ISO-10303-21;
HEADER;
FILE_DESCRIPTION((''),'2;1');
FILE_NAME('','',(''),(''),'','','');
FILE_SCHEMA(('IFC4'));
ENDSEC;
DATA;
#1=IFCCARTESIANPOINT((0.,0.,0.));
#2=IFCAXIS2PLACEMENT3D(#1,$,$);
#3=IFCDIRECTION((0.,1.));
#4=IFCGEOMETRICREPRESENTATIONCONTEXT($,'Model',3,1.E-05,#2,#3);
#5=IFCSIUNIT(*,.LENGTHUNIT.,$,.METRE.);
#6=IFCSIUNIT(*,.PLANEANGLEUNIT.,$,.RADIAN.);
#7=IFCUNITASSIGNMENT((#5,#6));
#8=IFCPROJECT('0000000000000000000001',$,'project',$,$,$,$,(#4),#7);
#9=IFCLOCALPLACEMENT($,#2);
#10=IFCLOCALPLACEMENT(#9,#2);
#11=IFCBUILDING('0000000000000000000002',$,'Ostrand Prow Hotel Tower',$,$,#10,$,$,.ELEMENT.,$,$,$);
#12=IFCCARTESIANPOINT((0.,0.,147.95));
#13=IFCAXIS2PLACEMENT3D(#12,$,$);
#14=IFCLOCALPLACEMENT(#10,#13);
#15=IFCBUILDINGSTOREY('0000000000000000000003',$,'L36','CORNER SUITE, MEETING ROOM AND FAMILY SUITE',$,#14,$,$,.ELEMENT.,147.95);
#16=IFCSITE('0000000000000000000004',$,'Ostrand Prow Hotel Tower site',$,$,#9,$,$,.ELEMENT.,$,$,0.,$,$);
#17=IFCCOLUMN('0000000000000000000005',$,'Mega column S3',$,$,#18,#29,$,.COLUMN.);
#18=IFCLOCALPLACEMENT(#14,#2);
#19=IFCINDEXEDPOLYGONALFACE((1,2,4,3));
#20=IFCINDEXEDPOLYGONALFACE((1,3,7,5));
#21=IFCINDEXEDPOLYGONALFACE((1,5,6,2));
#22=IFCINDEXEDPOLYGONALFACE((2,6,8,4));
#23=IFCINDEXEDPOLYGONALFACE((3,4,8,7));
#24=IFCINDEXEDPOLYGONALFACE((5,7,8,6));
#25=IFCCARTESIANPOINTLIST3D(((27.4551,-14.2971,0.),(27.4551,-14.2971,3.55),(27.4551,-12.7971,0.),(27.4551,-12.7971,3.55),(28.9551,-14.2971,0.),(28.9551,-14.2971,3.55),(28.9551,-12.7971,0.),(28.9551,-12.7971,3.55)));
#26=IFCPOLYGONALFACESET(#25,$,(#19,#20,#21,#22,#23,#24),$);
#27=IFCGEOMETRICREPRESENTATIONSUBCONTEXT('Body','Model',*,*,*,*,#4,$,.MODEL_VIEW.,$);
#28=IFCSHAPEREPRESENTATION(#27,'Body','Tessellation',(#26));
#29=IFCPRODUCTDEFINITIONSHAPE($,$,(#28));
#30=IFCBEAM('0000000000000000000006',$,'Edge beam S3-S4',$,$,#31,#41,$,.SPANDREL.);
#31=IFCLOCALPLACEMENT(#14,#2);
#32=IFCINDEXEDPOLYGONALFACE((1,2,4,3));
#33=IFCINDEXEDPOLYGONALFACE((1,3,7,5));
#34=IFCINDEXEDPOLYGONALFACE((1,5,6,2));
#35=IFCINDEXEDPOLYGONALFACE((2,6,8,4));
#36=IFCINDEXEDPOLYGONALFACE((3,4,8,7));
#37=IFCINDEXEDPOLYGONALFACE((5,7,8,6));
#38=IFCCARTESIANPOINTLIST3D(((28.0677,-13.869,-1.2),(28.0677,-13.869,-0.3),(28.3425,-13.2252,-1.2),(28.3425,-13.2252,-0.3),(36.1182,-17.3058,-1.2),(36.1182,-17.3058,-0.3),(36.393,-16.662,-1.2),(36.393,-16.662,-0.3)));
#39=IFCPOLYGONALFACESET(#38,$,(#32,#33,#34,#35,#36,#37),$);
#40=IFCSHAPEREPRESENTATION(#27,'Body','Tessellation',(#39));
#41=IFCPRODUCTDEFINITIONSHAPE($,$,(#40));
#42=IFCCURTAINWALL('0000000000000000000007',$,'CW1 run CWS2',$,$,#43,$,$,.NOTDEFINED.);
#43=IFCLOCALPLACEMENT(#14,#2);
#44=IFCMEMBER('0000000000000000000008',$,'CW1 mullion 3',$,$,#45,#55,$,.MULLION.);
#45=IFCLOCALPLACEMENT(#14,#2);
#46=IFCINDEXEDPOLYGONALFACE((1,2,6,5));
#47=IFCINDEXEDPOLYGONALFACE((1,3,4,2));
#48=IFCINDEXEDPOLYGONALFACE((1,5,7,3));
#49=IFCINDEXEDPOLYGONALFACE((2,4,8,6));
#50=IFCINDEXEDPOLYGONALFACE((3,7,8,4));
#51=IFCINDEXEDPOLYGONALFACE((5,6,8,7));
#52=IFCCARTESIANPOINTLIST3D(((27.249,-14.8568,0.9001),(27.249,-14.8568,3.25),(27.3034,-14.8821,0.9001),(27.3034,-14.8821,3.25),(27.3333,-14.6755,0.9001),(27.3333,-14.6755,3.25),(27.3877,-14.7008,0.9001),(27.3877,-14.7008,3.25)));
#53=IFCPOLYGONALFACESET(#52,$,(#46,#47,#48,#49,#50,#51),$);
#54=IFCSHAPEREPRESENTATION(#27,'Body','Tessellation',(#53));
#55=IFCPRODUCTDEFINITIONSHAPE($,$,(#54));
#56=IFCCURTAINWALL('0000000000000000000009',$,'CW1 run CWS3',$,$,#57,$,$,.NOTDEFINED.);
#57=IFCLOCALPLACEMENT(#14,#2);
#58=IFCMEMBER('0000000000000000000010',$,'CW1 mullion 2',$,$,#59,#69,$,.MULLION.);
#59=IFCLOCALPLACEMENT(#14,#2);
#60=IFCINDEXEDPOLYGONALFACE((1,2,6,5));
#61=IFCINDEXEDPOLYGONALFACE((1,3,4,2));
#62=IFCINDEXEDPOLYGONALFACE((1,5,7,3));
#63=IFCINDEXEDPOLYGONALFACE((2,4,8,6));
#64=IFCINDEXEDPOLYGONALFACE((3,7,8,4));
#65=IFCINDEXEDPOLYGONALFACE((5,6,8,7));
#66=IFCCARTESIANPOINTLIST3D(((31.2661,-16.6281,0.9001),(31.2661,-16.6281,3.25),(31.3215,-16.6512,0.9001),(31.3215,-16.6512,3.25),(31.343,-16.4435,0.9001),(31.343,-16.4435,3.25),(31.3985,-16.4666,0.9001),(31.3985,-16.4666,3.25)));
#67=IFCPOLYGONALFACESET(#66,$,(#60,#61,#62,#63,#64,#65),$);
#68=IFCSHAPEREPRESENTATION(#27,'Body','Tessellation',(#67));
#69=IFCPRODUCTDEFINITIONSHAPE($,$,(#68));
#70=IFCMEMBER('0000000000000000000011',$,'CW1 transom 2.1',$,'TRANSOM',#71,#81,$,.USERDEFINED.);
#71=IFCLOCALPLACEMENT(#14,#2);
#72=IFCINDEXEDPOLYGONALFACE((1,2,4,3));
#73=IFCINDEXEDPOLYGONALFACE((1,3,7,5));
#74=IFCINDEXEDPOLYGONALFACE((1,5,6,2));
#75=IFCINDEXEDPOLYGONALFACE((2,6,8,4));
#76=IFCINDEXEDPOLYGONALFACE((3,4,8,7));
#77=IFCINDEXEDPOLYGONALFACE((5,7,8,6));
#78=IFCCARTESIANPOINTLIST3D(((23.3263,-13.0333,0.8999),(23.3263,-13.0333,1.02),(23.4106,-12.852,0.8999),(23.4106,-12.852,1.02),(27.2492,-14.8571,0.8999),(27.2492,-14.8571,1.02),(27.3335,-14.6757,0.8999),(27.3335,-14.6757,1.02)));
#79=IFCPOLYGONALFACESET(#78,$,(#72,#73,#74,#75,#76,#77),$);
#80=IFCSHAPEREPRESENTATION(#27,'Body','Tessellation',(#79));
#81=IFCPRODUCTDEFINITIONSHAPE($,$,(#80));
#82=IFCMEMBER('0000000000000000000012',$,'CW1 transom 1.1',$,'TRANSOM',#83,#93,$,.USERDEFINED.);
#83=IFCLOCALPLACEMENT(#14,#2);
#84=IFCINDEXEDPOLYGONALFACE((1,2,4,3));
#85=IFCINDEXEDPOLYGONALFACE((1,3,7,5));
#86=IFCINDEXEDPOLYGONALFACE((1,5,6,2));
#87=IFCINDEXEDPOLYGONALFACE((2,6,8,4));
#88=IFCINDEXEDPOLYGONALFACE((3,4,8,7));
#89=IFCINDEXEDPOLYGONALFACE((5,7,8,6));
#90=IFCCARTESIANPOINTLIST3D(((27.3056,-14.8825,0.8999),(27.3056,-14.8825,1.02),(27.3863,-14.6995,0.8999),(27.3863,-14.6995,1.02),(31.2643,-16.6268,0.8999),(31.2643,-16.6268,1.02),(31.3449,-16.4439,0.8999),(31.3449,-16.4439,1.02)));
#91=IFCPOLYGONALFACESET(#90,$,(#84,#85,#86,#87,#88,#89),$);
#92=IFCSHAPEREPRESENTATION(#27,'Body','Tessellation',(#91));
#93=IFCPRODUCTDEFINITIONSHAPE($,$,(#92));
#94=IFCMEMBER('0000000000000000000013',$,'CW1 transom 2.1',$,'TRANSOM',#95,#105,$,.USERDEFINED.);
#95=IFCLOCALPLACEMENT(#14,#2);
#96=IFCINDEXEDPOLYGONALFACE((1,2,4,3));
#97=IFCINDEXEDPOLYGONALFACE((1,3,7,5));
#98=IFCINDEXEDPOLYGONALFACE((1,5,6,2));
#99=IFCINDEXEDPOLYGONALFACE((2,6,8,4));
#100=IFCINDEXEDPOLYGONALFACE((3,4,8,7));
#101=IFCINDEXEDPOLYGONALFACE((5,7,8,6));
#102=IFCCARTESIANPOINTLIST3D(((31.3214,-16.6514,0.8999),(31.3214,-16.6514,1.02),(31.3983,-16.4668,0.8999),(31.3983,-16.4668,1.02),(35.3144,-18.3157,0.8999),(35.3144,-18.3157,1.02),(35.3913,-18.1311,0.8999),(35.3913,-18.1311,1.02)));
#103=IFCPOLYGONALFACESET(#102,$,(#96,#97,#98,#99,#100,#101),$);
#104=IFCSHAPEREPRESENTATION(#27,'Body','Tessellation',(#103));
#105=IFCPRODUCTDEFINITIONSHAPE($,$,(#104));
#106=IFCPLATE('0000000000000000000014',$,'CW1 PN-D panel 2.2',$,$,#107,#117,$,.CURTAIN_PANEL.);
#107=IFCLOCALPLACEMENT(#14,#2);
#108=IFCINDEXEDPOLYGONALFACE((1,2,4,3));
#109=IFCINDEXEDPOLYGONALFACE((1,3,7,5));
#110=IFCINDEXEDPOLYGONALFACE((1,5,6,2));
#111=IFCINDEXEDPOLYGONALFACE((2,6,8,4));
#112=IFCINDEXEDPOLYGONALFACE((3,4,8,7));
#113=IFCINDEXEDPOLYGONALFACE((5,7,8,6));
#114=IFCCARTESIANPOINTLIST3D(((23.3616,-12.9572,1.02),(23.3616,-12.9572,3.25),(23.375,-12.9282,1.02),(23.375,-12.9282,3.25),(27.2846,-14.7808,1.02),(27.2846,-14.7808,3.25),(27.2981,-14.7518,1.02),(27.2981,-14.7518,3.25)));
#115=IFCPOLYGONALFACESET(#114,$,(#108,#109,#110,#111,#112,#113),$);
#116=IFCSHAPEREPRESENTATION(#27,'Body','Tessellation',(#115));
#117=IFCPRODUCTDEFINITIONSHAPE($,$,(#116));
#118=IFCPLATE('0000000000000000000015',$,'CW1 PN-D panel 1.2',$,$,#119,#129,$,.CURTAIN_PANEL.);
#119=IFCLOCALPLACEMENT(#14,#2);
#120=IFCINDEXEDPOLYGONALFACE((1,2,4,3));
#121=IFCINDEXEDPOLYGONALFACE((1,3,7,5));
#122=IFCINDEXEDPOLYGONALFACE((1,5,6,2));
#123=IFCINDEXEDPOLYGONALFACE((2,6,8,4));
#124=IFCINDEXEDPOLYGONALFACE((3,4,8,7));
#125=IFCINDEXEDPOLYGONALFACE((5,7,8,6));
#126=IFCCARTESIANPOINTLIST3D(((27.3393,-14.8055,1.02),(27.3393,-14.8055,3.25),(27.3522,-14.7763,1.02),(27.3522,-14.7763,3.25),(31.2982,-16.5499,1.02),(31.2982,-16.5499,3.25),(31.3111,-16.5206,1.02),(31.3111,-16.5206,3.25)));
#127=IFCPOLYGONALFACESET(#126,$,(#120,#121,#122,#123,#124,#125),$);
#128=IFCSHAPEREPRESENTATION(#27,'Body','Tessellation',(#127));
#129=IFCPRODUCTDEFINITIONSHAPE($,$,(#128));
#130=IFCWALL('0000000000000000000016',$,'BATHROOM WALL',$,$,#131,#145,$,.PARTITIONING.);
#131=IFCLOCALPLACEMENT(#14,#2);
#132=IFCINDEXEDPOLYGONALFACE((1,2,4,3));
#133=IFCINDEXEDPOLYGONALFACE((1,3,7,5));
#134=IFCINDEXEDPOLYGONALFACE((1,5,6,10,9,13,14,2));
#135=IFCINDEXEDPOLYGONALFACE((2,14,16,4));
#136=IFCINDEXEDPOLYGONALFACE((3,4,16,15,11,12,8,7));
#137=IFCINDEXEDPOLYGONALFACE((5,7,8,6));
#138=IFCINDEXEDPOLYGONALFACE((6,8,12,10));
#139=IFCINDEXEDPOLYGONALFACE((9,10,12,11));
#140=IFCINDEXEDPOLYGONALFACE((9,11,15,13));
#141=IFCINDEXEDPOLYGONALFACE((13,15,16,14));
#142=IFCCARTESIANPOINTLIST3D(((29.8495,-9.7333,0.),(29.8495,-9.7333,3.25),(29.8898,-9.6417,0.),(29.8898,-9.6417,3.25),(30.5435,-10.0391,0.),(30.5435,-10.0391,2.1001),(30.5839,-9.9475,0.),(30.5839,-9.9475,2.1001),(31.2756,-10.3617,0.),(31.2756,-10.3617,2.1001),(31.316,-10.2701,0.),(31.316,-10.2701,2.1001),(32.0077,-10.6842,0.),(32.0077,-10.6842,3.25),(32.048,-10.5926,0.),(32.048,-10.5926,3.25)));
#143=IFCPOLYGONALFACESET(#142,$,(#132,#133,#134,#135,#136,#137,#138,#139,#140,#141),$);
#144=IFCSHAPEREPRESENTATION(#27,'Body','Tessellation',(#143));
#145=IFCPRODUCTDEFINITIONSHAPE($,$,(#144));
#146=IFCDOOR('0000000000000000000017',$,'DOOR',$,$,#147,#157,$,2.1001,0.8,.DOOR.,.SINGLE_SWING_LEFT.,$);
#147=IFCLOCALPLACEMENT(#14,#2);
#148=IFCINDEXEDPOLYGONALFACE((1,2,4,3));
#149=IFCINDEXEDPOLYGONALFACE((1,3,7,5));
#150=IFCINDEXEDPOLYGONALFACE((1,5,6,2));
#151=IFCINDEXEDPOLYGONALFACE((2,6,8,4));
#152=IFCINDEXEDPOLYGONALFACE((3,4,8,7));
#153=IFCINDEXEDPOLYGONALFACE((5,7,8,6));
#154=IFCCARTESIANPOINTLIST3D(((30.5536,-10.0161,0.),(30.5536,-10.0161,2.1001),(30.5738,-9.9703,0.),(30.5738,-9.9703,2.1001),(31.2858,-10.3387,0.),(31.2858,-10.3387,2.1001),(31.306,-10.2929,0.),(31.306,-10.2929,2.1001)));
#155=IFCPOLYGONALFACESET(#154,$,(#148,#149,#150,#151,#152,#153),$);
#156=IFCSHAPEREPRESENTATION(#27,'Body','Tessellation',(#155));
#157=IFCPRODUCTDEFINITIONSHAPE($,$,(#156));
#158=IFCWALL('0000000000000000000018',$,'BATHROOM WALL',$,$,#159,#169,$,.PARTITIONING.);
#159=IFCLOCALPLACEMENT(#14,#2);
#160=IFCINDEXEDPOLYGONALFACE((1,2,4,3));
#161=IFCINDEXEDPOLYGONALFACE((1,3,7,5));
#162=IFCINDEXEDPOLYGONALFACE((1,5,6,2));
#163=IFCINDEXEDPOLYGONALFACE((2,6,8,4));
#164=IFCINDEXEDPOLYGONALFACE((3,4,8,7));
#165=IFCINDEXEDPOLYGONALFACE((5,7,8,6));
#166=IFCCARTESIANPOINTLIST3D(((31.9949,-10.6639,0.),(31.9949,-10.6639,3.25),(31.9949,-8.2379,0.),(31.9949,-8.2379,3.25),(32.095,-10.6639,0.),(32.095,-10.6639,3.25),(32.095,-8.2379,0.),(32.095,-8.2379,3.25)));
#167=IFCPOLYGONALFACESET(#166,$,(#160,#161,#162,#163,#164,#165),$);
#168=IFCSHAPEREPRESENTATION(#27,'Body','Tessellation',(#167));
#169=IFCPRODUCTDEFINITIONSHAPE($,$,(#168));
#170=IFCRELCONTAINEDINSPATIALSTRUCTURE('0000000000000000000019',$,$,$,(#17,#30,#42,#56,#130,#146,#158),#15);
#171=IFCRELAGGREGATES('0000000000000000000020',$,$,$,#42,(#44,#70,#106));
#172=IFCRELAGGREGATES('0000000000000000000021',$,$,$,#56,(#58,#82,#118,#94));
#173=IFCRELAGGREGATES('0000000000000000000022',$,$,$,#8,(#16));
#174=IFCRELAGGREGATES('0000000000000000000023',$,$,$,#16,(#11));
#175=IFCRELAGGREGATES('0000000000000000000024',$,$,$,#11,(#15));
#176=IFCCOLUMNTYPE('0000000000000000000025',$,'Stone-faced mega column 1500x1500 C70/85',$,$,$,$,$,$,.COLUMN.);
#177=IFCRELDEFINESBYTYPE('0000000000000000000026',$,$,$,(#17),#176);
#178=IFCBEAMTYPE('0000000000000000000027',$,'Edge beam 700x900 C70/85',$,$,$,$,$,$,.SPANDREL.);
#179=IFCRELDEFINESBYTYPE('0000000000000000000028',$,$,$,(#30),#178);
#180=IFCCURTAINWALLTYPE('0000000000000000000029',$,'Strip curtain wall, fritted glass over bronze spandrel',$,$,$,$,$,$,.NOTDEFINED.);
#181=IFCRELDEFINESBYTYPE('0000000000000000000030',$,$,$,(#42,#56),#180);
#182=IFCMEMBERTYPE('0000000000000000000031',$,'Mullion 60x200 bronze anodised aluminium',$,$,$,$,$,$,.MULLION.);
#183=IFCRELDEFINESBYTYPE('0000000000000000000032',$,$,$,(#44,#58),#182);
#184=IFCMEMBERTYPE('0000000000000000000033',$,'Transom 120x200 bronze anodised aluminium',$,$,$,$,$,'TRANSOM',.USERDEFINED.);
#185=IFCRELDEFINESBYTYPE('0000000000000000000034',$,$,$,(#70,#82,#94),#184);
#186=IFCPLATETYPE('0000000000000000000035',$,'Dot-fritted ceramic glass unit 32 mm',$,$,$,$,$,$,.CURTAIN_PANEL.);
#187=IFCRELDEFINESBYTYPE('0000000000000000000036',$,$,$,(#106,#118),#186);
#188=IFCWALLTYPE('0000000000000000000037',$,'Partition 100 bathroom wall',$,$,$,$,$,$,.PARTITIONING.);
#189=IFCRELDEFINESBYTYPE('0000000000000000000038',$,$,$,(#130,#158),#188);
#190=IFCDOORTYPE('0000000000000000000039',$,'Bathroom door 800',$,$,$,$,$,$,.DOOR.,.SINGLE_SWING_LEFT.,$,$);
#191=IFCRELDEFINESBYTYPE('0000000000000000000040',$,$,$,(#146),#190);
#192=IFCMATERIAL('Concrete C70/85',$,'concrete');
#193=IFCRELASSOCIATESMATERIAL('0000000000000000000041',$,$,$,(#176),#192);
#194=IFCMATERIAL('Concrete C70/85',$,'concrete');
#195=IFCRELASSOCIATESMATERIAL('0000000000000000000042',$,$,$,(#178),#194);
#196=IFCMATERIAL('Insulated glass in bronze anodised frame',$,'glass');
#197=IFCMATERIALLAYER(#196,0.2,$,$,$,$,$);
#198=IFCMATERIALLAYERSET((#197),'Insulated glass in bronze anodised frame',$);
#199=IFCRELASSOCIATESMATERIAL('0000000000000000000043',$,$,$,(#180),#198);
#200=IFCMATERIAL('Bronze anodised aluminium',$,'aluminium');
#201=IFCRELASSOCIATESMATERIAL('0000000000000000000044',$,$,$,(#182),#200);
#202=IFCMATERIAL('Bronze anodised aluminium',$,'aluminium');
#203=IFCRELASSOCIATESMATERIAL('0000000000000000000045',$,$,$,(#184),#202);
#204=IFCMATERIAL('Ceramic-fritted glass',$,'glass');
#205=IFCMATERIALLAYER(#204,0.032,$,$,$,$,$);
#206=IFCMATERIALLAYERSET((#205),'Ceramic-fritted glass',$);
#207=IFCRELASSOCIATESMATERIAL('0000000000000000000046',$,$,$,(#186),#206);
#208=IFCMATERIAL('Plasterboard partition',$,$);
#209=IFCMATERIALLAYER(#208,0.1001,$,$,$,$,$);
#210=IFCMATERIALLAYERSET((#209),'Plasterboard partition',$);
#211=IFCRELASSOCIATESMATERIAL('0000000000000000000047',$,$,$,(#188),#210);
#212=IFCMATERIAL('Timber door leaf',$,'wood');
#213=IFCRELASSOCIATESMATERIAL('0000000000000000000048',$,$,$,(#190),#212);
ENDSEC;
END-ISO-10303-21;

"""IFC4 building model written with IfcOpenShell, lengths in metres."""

from ifc_helpers import new_model, si_unit, direction, frame, frame_2d, origin, origin_2d, place, context, subcontext, project, spatial, rectangle, extrude, material, layer, layer_set, material_profile, profile_set, type_object, element, fill, aggregate, save


model = new_model("IFC4")

# Units and contexts
model_context = context("Model", 3, precision=1e-05, world=origin(), true_north=direction((0.0, 1.0)))
body_context = subcontext(model_context, "Body", "Model", "MODEL_VIEW")
ifc_project = project(units=[si_unit("LENGTHUNIT", "METRE"), si_unit("PLANEANGLEUNIT", "RADIAN")], contexts=[model_context])

# Site, building, storey
site_placement = place(None, origin())
site = spatial("IfcSite", under=ifc_project, at=site_placement, Name="Ostrand Prow Hotel Tower site", CompositionType="ELEMENT", RefElevation=0.0)
building_placement = place(site_placement, origin())
building = spatial("IfcBuilding", under=site, at=building_placement, Name="Ostrand Prow Hotel Tower", CompositionType="ELEMENT")
storey_placement = place(building_placement, frame((0.0, 0.0, 147.95)))
storey = spatial("IfcBuildingStorey", under=building, at=storey_placement, Name="L36", Description="CORNER SUITE, MEETING ROOM AND FAMILY SUITE", CompositionType="ELEMENT", Elevation=147.95)

# Column
ifc_material_1 = material(Name="Concrete C70/85", Category="concrete")
ifc_material_profile_1 = material_profile(ifc_material_1, rectangle(XDim=1.5, YDim=1.5, at=origin_2d()), Name="RC 1500x1500")
ifc_profile_set_1 = profile_set([ifc_material_profile_1], Name="Concrete C70/85")
column_type = type_object("IfcColumnType", Name="Stone-faced mega column 1500x1500 C70/85", PredefinedType="COLUMN", material=ifc_profile_set_1)
column_placement = place(storey_placement, frame((28.2051, -13.5471, 0.0), z_axis=(0.0, 0.0, 1.0), x_axis=(1.0, 0.0, 0.0)))
element("IfcColumn", 1, at=column_placement, inside=storey, type_object=column_type, Name="Mega column S3", PredefinedType="COLUMN", context=body_context, shape_type="SweptSolid", body=[
    extrude(rectangle(XDim=1.5, YDim=1.5, at=origin_2d()), origin(), (0.0, 0.0, 1.0), 3.55),
])

# Beam
ifc_material_2 = material(Name="Concrete C70/85", Category="concrete")
ifc_material_profile_2 = material_profile(ifc_material_2, rectangle(XDim=0.7, YDim=0.8999, at=origin_2d()), Name="RC 700x900")
ifc_profile_set_2 = profile_set([ifc_material_profile_2], Name="Concrete C70/85")
beam_type = type_object("IfcBeamType", Name="Edge beam 700x900 C70/85", PredefinedType="SPANDREL", material=ifc_profile_set_2)
beam_placement = place(storey_placement, frame((28.2051, -13.5471, -0.75), z_axis=(0.919701, -0.39262, 0.0), x_axis=(0.39262, 0.919701, 0.0)))
element("IfcBeam", 2, at=beam_placement, inside=storey, type_object=beam_type, Name="Edge beam S3-S4", PredefinedType="SPANDREL", context=body_context, shape_type="SweptSolid", body=[
    extrude(rectangle(XDim=0.7, YDim=0.8999, at=origin_2d()), origin(), (0.0, 0.0, 1.0), 8.7534),
])

# Curtain walls, members
ifc_material_3 = material(Name="Insulated glass in bronze anodised frame", Category="glass")
ifc_layer_1 = layer(ifc_material_3, 0.2)
ifc_layer_set_1 = layer_set([ifc_layer_1], Name="Insulated glass in bronze anodised frame")
curtain_wall_type = type_object("IfcCurtainWallType", Name="Strip curtain wall, fritted glass over bronze spandrel", PredefinedType="NOTDEFINED", material=ifc_layer_set_1)
curtain_wall_1_placement = place(storey_placement, origin())
curtain_wall_1 = element("IfcCurtainWall", 3, at=curtain_wall_1_placement, inside=storey, type_object=curtain_wall_type, Name="CW1 run CWS2", PredefinedType="NOTDEFINED")
ifc_material_4 = material(Name="Bronze anodised aluminium", Category="aluminium")
ifc_material_profile_3 = material_profile(ifc_material_4, rectangle(XDim=0.2, YDim=0.0601, at=origin_2d()), Name="Mullion 60x200 bronze anodised aluminium")
ifc_profile_set_3 = profile_set([ifc_material_profile_3], Name="Bronze anodised aluminium")
member_type_1 = type_object("IfcMemberType", Name="Mullion 60x200 bronze anodised aluminium", PredefinedType="MULLION", material=ifc_profile_set_3)
member_1_placement = place(storey_placement, frame((27.3184, -14.7788, 0.9001), z_axis=(0.0, 0.0, 1.0), x_axis=(0.421522, 0.906818, 0.0)))
member_1 = element("IfcMember", 4, at=member_1_placement, type_object=member_type_1, Name="CW1 mullion 3", PredefinedType="MULLION", context=body_context, shape_type="SweptSolid", body=[
    extrude(rectangle(XDim=0.2, YDim=0.0601, at=origin_2d()), origin(), (0.0, 0.0, 1.0), 2.3499),
])
curtain_wall_2_placement = place(storey_placement, origin())
curtain_wall_2 = element("IfcCurtainWall", 5, at=curtain_wall_2_placement, inside=storey, type_object=curtain_wall_type, Name="CW1 run CWS3", PredefinedType="NOTDEFINED")
member_2_placement = place(storey_placement, frame((31.3323, -16.5474, 0.9001), z_axis=(0.0, 0.0, 1.0), x_axis=(0.384743, 0.923024, 0.0)))
member_2 = element("IfcMember", 6, at=member_2_placement, type_object=member_type_1, Name="CW1 mullion 2", PredefinedType="MULLION", context=body_context, shape_type="SweptSolid", body=[
    extrude(rectangle(XDim=0.2, YDim=0.0601, at=origin_2d()), origin(), (0.0, 0.0, 1.0), 2.3499),
])

# Members
ifc_material_5 = material(Name="Bronze anodised aluminium", Category="aluminium")
ifc_material_profile_4 = material_profile(ifc_material_5, rectangle(XDim=0.2, YDim=0.1201, at=origin_2d()), Name="Transom 120x200 bronze anodised aluminium")
ifc_profile_set_4 = profile_set([ifc_material_profile_4], Name="Bronze anodised aluminium")
member_type_2 = type_object("IfcMemberType", Name="Transom 120x200 bronze anodised aluminium", ElementType="TRANSOM", PredefinedType="USERDEFINED", material=ifc_profile_set_4)
member_3_placement = place(storey_placement, frame((23.3684, -12.9426, 0.96), z_axis=(0.906796, -0.421569, 0.0), x_axis=(0.421569, 0.906796, 0.0)))
member_3 = element("IfcMember", 7, at=member_3_placement, type_object=member_type_2, Name="CW1 transom 2.1", ObjectType="TRANSOM", PredefinedType="USERDEFINED", context=body_context, shape_type="SweptSolid", body=[
    extrude(rectangle(XDim=0.2, YDim=0.1201, at=origin_2d()), origin(), (0.0, 0.0, 1.0), 4.3262),
])
member_4_placement = place(storey_placement, frame((27.3459, -14.791, 0.96), z_axis=(0.915099, -0.40323, 0.0), x_axis=(0.40323, 0.915099, 0.0)))
member_4 = element("IfcMember", 8, at=member_4_placement, type_object=member_type_2, Name="CW1 transom 1.1", ObjectType="TRANSOM", PredefinedType="USERDEFINED", context=body_context, shape_type="SweptSolid", body=[
    extrude(rectangle(XDim=0.2, YDim=0.1201, at=origin_2d()), origin(), (0.0, 0.0, 1.0), 4.3259),
])
member_5_placement = place(storey_placement, frame((31.3599, -16.5591, 0.96), z_axis=(0.923028, -0.384732, 0.0), x_axis=(0.384732, 0.923028, 0.0)))
member_5 = element("IfcMember", 9, at=member_5_placement, type_object=member_type_2, Name="CW1 transom 2.1", ObjectType="TRANSOM", PredefinedType="USERDEFINED", context=body_context, shape_type="SweptSolid", body=[
    extrude(rectangle(XDim=0.2, YDim=0.1201, at=origin_2d()), origin(), (0.0, 0.0, 1.0), 4.3259),
])

# Plates
ifc_material_6 = material(Name="Ceramic-fritted glass", Category="glass")
ifc_layer_2 = layer(ifc_material_6, 0.032)
ifc_layer_set_2 = layer_set([ifc_layer_2], Name="Ceramic-fritted glass")
plate_type = type_object("IfcPlateType", Name="Dot-fritted ceramic glass unit 32 mm", PredefinedType="CURTAIN_PANEL", material=ifc_layer_set_2)
plate_1_placement = place(storey_placement, frame((25.3298, -13.8545, 1.02), z_axis=(0.0, 0.0, 1.0), x_axis=(0.906818, -0.421522, 0.0)))
plate_1 = element("IfcPlate", 10, at=plate_1_placement, type_object=plate_type, Name="CW1 PN-D panel 2.2", PredefinedType="CURTAIN_PANEL", context=body_context, shape_type="SweptSolid", body=[
    extrude(rectangle(XDim=4.3262, YDim=0.032, at=origin_2d()), origin(), (0.0, 0.0, 1.0), 2.23),
])
aggregate(curtain_wall_1, [member_1, member_3, plate_1])
plate_2_placement = place(storey_placement, frame((29.3252, -15.6631, 1.02), z_axis=(0.0, 0.0, 1.0), x_axis=(0.915106, -0.403213, 0.0)))
plate_2 = element("IfcPlate", 11, at=plate_2_placement, type_object=plate_type, Name="CW1 PN-D panel 1.2", PredefinedType="CURTAIN_PANEL", context=body_context, shape_type="SweptSolid", body=[
    extrude(rectangle(XDim=4.3262, YDim=0.032, at=origin_2d()), origin(), (0.0, 0.0, 1.0), 2.23),
])
aggregate(curtain_wall_2, [member_2, member_4, plate_2, member_5])

# Wall, opening, door
ifc_material_7 = material(Name="Plasterboard partition")
ifc_layer_3 = layer(ifc_material_7, 0.1001)
ifc_layer_set_3 = layer_set([ifc_layer_3], Name="Plasterboard partition")
wall_type_1 = type_object("IfcWallType", Name="Partition 100 bathroom wall", PredefinedType="PARTITIONING", material=ifc_layer_set_3)
wall_1_placement = place(storey_placement, frame((32.0278, -10.6384, 0.0), z_axis=(0.0, 0.0, 1.0), x_axis=(-0.915109, 0.403207, 0.0)))
wall_1 = element("IfcWall", 12, at=wall_1_placement, inside=storey, type_object=wall_type_1, Name="BATHROOM WALL", PredefinedType="PARTITIONING", context=body_context, shape_type="SweptSolid", body=[
    extrude(rectangle(XDim=2.3584, YDim=0.1001, at=frame_2d((1.1792, 0.0))), origin(), (0.0, 0.0, 1.0), 3.25),
])
opening_1_placement = place(wall_1_placement, frame((0.8, 0.0, 0.0)))
opening_1 = element("IfcOpeningElement", 13, at=opening_1_placement, cuts=wall_1, PredefinedType="OPENING", context=body_context, shape_type="SweptSolid", body=[
    extrude(rectangle(XDim=0.8, YDim=2.1001, at=frame_2d((0.3999, 1.05))), frame((0.0, 0.0601, 0.0), z_axis=(0.0, -1.0, 0.0), x_axis=(1.0, 0.0, 0.0)), (0.0, 0.0, 1.0), 0.1201),
])
ifc_material_8 = material(Name="Timber door leaf", Category="wood")
door_type_1 = type_object("IfcDoorType", Name="Bathroom door 800", OperationType="SINGLE_SWING_LEFT", PredefinedType="DOOR", material=ifc_material_8)
door_1_placement = place(opening_1_placement, origin())
door_1 = element("IfcDoor", 14, at=door_1_placement, inside=storey, type_object=door_type_1, Name="DOOR", OperationType="SINGLE_SWING_LEFT", OverallHeight=2.1001, OverallWidth=0.8, PredefinedType="DOOR", context=body_context, shape_type="SweptSolid", body=[
    extrude(rectangle(XDim=0.8, YDim=2.1001, at=frame_2d((0.3999, 1.05))), frame((0.0, 0.0249, 0.0), z_axis=(0.0, -1.0, 0.0), x_axis=(1.0, 0.0, 0.0)), (0.0, 0.0, 1.0), 0.05),
])
fill(opening_1, door_1)

# Wall
wall_2_placement = place(storey_placement, frame((32.0449, -8.238, 0.0), z_axis=(0.0, 0.0, 1.0), x_axis=(0.0, -1.0, 0.0)))
element("IfcWall", 15, at=wall_2_placement, inside=storey, type_object=wall_type_1, Name="BATHROOM WALL", PredefinedType="PARTITIONING", context=body_context, shape_type="SweptSolid", body=[
    extrude(rectangle(XDim=2.426, YDim=0.1001, at=frame_2d((1.2129, 0.0))), origin(), (0.0, 0.0, 1.0), 3.25),
])

save(model, "model.ifc")
